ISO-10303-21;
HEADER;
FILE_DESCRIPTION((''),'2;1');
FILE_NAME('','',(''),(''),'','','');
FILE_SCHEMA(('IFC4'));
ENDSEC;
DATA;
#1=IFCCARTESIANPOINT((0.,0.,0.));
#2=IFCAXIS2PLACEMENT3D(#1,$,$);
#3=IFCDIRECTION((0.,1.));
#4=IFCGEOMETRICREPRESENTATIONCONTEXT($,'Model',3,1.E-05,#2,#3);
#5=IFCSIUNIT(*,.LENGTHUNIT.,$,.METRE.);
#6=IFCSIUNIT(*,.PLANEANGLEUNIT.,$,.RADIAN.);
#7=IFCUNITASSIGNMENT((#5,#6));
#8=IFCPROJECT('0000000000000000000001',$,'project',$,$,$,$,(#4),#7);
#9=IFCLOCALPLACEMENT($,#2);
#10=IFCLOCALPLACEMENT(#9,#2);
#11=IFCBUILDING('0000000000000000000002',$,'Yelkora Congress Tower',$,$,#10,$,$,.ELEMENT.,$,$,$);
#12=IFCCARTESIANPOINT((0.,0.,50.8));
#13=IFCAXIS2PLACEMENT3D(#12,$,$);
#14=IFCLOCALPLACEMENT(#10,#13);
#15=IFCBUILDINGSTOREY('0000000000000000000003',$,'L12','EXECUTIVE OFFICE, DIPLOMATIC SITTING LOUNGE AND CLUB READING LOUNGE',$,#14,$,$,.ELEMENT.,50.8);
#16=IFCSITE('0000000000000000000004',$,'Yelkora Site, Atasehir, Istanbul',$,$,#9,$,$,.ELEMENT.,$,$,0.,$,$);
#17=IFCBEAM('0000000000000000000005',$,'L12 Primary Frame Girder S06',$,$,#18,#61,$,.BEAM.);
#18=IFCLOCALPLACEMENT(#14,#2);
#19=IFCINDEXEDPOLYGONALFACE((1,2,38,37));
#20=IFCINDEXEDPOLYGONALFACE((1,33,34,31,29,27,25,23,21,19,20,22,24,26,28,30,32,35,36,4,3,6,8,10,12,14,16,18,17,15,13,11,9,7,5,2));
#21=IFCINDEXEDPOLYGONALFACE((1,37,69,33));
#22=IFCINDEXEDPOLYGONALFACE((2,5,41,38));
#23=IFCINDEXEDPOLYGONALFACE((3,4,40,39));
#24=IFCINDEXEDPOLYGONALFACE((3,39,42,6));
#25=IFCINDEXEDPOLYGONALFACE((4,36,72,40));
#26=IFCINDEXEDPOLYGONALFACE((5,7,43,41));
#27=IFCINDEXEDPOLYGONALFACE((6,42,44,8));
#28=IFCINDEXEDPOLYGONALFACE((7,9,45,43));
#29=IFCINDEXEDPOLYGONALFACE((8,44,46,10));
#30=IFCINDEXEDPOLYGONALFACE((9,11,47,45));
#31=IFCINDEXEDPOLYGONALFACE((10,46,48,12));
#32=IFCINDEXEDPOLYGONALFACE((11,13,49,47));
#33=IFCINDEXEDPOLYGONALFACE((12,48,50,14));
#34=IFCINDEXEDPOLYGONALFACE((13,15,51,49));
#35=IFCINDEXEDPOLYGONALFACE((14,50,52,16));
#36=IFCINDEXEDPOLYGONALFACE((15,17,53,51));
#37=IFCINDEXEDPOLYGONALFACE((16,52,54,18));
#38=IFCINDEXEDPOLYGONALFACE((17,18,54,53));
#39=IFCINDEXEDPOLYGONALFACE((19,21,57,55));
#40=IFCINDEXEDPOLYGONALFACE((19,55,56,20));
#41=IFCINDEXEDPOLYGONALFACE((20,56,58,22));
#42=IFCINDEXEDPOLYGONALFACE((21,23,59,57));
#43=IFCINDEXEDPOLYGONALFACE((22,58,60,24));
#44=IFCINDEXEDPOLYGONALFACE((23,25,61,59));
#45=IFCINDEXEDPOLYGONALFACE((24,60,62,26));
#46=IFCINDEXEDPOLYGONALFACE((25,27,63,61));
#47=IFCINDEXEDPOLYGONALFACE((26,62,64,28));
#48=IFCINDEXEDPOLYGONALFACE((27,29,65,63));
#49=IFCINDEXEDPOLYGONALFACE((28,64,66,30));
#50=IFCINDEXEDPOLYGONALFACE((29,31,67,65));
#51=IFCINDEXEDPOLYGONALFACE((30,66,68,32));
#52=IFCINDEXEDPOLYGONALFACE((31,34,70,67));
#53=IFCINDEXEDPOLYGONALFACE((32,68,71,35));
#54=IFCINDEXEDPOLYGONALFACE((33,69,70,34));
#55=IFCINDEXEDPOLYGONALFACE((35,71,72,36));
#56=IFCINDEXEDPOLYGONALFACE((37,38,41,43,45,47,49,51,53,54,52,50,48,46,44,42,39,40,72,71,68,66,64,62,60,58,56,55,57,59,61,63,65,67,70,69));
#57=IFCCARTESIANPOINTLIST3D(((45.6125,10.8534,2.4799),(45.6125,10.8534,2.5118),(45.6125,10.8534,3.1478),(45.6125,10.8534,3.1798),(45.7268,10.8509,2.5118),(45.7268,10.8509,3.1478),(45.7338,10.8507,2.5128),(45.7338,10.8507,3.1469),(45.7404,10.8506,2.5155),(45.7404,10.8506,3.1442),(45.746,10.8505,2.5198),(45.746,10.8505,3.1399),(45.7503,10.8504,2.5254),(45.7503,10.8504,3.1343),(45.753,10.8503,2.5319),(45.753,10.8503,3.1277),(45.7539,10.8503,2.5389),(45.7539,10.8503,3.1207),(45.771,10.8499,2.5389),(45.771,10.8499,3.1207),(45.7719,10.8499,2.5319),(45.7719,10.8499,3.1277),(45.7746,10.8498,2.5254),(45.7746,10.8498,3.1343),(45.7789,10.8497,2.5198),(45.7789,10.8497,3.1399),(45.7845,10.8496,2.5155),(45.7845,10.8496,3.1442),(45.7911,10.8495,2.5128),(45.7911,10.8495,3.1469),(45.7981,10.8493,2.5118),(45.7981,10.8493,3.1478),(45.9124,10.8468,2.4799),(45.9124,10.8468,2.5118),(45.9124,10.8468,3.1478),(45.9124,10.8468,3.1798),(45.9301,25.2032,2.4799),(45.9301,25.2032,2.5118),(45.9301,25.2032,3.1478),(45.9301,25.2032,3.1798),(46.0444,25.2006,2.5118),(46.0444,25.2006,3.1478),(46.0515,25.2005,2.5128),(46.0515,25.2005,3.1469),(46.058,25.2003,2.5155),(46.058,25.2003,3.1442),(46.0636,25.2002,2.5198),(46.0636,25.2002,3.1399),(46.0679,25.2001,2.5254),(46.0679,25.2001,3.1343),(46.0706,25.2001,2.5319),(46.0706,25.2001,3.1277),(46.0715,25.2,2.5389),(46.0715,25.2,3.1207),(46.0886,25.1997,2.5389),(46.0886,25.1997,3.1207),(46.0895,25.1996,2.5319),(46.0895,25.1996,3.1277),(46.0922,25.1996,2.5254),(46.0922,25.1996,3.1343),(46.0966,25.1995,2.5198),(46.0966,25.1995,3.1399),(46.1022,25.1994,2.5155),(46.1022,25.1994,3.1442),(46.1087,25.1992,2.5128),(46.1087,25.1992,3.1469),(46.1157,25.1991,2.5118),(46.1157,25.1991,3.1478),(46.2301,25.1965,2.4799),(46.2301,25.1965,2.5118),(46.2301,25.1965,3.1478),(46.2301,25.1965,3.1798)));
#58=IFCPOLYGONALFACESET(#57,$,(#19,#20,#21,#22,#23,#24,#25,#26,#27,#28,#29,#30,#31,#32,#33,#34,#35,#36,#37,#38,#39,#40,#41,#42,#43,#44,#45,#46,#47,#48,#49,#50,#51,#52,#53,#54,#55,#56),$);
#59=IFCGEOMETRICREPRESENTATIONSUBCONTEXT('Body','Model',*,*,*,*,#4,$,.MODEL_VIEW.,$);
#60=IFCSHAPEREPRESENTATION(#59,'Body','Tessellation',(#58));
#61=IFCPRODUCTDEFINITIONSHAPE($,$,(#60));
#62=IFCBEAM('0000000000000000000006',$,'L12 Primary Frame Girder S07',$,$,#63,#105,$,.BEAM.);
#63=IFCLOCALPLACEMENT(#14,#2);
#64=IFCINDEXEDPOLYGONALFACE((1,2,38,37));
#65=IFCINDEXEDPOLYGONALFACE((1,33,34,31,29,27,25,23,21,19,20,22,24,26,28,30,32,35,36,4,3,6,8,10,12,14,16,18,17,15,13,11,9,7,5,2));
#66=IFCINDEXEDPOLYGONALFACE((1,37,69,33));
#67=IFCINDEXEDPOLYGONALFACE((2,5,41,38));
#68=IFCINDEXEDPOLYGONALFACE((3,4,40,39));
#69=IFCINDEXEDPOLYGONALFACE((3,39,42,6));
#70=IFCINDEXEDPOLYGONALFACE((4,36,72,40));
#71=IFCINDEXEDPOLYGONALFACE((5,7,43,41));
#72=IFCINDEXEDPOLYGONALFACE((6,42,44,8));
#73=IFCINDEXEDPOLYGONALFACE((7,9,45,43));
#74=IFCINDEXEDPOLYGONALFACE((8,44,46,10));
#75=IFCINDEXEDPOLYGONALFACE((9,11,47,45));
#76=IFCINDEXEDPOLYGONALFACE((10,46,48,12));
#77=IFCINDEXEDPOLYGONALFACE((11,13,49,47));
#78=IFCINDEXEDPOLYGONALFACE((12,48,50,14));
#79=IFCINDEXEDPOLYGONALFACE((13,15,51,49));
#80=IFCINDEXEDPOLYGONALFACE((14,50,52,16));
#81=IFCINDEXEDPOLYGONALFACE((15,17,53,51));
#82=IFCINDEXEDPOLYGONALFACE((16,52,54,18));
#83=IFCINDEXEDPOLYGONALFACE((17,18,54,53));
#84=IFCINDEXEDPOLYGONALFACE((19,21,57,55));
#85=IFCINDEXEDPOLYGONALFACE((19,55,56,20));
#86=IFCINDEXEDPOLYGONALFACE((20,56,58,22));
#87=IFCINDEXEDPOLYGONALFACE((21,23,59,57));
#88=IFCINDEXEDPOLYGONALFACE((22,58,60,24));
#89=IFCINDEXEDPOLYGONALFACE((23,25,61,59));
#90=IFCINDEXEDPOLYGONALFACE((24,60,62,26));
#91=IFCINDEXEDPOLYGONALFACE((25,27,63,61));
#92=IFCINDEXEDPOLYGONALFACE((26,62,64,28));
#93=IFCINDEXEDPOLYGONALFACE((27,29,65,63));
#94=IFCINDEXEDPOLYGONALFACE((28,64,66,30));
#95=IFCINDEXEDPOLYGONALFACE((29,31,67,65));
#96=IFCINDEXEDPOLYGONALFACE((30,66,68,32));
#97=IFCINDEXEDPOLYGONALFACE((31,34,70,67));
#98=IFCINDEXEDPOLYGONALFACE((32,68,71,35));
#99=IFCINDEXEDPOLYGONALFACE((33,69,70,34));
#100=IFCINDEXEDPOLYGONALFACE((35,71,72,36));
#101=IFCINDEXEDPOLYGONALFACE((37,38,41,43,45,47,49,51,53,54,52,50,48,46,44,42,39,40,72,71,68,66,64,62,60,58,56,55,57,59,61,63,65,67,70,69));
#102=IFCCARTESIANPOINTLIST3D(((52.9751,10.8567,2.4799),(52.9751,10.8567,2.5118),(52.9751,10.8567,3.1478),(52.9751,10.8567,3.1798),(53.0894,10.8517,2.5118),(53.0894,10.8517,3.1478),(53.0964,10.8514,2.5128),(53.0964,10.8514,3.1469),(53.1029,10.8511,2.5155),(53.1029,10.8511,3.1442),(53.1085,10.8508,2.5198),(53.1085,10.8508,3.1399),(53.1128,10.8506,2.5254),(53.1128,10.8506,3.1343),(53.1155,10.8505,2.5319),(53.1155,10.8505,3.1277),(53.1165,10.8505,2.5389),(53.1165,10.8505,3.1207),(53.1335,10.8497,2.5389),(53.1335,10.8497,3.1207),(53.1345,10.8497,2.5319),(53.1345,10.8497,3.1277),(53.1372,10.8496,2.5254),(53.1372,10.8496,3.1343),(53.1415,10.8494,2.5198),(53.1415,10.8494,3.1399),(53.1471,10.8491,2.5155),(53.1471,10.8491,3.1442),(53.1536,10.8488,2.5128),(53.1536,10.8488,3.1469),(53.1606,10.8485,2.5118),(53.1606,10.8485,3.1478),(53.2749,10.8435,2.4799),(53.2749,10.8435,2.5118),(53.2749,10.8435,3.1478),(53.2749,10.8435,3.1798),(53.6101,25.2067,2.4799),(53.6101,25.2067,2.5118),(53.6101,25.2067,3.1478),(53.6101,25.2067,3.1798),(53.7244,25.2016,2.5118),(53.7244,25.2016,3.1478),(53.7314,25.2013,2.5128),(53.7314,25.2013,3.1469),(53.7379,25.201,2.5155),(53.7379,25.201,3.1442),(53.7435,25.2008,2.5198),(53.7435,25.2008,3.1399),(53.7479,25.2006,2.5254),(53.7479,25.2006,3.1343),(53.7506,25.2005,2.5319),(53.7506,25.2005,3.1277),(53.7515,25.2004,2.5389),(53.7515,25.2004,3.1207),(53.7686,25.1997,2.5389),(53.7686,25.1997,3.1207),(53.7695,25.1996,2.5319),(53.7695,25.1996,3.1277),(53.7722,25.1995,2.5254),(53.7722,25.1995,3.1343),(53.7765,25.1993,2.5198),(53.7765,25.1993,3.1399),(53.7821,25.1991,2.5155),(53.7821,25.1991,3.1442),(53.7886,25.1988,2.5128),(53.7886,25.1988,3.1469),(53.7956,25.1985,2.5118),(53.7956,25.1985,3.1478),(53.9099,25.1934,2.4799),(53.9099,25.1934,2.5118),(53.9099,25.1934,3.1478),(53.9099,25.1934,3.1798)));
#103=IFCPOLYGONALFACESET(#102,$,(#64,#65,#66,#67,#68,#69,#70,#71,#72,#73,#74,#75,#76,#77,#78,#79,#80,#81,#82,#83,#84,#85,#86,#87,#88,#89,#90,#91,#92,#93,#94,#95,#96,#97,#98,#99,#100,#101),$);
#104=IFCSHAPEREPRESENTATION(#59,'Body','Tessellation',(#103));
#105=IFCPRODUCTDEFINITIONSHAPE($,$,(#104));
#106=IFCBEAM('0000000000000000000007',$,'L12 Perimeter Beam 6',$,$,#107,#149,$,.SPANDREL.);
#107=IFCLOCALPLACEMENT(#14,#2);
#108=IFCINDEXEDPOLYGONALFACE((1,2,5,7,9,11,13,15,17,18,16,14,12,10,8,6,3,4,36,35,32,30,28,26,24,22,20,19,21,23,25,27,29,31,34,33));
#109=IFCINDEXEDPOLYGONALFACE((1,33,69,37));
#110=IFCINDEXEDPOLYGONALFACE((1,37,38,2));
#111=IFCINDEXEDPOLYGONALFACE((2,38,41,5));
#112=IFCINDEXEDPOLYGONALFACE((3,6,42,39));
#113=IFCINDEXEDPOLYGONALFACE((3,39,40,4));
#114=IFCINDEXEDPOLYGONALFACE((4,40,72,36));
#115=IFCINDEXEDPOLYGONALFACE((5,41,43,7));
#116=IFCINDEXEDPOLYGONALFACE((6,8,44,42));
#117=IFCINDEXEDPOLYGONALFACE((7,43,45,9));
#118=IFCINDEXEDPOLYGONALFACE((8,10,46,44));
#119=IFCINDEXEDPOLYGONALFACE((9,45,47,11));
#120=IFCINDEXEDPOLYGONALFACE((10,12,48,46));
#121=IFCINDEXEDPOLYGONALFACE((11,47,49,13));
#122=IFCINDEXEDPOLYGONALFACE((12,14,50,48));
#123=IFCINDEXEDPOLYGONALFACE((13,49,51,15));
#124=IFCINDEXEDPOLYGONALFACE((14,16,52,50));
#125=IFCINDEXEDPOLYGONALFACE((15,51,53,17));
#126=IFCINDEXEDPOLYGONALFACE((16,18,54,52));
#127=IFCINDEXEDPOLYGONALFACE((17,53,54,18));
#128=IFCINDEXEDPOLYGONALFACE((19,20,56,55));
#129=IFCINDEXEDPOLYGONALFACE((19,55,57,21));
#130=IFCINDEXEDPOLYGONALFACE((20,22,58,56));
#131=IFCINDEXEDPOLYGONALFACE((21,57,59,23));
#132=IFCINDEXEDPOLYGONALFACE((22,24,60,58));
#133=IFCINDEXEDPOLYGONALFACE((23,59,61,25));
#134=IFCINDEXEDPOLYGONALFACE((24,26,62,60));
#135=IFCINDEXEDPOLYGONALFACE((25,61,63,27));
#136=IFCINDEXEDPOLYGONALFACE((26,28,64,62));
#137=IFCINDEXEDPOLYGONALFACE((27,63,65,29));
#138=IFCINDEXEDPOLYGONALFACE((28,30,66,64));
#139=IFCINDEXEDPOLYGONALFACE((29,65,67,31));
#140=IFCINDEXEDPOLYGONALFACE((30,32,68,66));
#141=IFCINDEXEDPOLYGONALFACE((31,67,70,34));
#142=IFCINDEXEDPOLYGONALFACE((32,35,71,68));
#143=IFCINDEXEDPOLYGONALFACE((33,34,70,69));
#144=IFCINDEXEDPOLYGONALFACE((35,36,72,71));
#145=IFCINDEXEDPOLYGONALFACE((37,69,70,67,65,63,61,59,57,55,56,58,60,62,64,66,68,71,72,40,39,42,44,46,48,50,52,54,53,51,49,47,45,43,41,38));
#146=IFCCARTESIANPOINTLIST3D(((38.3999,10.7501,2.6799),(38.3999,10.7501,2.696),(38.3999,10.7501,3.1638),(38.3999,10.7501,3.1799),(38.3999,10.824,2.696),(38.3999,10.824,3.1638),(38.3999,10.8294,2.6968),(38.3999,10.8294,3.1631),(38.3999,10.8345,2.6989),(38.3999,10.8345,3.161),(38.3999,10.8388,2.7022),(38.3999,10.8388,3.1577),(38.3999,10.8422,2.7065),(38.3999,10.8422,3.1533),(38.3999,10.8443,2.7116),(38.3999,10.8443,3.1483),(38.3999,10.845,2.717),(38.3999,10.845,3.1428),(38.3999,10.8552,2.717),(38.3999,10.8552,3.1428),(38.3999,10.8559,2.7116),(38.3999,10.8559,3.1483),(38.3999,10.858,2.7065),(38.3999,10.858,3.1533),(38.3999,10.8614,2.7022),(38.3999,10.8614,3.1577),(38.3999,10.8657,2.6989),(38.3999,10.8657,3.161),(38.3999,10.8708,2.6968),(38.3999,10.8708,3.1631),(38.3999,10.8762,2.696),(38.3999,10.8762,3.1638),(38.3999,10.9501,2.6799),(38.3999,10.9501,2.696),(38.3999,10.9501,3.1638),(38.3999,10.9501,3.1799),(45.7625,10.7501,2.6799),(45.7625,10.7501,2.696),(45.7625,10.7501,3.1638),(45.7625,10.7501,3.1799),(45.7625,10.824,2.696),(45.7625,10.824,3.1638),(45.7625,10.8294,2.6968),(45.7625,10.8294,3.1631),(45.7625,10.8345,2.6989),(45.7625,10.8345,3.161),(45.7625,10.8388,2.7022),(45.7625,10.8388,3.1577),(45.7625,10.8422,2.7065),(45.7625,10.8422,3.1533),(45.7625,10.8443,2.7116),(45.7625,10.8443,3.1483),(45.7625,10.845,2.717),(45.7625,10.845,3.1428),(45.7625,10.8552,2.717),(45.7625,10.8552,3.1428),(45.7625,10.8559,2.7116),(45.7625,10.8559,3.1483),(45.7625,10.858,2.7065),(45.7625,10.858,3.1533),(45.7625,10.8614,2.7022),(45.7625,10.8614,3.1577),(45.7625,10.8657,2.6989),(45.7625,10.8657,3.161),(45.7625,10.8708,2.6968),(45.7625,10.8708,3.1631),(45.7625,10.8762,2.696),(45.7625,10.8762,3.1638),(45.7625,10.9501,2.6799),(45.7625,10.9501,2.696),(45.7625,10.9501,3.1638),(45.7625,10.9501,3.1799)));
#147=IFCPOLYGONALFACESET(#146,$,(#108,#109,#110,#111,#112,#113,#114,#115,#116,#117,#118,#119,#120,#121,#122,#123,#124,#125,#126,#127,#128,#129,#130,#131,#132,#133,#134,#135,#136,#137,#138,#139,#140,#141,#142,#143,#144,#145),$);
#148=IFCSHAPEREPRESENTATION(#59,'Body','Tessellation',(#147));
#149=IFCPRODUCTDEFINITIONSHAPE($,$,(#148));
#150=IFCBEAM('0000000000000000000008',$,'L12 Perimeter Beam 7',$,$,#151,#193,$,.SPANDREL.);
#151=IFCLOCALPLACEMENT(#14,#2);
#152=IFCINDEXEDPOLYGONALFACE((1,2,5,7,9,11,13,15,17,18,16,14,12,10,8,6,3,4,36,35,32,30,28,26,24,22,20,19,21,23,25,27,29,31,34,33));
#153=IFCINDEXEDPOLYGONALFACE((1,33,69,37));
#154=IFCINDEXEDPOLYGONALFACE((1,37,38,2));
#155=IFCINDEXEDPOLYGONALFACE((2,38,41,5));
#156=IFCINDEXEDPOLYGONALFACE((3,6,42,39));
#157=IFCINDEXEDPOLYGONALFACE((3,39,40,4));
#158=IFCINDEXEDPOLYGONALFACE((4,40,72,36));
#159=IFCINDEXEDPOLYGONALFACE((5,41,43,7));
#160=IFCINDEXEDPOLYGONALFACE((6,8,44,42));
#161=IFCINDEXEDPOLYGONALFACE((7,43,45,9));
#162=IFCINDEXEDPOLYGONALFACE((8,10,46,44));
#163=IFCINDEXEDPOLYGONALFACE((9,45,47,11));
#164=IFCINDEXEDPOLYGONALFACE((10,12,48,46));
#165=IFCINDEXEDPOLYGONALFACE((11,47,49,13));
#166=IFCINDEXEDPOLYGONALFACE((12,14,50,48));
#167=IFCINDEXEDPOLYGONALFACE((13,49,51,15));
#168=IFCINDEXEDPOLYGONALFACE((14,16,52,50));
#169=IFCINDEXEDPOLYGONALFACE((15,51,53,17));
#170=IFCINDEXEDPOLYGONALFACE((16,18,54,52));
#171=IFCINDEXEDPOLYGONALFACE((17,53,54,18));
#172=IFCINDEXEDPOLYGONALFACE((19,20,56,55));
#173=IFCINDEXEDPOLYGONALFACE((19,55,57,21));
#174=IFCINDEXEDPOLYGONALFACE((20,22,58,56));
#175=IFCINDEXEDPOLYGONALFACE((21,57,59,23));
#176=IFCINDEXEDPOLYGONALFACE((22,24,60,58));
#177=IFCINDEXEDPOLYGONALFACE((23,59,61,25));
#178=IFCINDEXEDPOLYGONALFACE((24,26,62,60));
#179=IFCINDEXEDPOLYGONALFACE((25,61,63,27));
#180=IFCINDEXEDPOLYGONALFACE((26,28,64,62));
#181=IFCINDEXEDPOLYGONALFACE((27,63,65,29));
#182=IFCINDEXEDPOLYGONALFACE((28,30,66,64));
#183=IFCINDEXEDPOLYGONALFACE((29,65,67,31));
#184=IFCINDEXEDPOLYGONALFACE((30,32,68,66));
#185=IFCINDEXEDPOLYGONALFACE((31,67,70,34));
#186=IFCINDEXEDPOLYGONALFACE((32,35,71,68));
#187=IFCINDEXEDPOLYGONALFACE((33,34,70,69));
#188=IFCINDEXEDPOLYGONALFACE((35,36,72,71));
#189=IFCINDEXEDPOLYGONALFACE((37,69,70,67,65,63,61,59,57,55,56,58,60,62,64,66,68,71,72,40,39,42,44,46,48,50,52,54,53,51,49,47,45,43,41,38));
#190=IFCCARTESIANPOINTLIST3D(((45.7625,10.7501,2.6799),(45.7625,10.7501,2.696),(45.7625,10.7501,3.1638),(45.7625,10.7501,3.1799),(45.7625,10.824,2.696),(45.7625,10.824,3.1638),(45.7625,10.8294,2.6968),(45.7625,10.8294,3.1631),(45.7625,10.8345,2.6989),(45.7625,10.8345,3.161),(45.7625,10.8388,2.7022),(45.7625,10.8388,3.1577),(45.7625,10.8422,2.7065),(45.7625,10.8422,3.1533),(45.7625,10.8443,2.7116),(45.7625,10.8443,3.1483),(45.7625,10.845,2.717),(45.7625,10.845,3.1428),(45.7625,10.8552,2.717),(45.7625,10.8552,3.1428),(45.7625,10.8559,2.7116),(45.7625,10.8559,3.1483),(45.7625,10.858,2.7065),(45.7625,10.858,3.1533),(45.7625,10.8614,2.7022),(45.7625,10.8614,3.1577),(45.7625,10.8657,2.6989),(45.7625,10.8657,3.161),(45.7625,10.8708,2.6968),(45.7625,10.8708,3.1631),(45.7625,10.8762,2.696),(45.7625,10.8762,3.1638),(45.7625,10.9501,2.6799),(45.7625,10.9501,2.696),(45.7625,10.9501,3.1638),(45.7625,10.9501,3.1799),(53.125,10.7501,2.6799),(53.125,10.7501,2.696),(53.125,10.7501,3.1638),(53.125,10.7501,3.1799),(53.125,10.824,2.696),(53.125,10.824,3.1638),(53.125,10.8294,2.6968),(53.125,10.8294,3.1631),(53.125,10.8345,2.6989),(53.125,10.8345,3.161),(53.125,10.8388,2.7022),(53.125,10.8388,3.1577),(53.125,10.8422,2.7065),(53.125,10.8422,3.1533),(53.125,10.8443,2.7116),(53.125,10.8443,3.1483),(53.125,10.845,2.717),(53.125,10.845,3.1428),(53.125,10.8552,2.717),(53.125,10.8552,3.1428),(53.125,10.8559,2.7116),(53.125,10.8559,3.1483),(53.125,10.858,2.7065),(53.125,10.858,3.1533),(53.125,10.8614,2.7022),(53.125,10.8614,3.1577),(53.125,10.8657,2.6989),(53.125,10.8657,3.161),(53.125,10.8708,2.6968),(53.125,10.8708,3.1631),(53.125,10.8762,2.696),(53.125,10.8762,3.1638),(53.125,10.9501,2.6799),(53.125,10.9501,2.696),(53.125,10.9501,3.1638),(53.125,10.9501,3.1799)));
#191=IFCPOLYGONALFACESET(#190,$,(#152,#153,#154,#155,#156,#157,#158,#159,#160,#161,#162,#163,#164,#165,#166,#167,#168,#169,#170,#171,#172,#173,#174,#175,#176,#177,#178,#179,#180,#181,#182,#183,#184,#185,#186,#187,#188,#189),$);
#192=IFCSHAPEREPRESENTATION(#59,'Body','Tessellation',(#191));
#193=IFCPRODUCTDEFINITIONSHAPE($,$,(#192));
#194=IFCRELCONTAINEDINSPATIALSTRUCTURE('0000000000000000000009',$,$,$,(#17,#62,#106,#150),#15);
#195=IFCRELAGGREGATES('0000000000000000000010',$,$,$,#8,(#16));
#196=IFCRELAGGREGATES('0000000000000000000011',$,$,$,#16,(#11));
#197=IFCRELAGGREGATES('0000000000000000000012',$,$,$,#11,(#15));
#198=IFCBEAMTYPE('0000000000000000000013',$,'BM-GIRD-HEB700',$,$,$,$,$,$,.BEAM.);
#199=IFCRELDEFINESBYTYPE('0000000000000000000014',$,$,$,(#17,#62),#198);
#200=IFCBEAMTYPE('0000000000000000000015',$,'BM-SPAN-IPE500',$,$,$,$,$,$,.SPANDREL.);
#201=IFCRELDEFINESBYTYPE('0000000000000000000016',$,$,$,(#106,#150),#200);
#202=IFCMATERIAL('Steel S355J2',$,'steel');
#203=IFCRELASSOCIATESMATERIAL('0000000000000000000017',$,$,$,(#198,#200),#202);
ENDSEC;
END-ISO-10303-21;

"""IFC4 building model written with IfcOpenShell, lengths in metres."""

from ifc_helpers import new_model, si_unit, direction, frame, origin, origin_2d, place, context, subcontext, project, spatial, i_section, extrude, material, material_profile, profile_set, type_object, element, save


model = new_model("IFC4")

# Units and contexts
model_context = context("Model", 3, precision=1e-05, world=origin(), true_north=direction((0.0, 1.0)))
body_context = subcontext(model_context, "Body", "Model", "MODEL_VIEW")
ifc_project = project(units=[si_unit("LENGTHUNIT", "METRE"), si_unit("PLANEANGLEUNIT", "RADIAN")], contexts=[model_context])

# Site, building, storey
site_placement = place(None, origin())
site = spatial("IfcSite", under=ifc_project, at=site_placement, Name="Yelkora Site, Atasehir, Istanbul", CompositionType="ELEMENT", RefElevation=0.0)
building_placement = place(site_placement, origin())
building = spatial("IfcBuilding", under=site, at=building_placement, Name="Yelkora Congress Tower", CompositionType="ELEMENT")
storey_placement = place(building_placement, frame((0.0, 0.0, 50.8)))
storey = spatial("IfcBuildingStorey", under=building, at=storey_placement, Name="L12", Description="EXECUTIVE OFFICE, DIPLOMATIC SITTING LOUNGE AND CLUB READING LOUNGE", CompositionType="ELEMENT", Elevation=50.8)

# Beams
ifc_material_1 = material(Name="Steel S355J2", Category="steel")
ifc_material_profile_1 = material_profile(ifc_material_1, i_section(OverallWidth=0.3, OverallDepth=0.7, WebThickness=0.0171, FlangeThickness=0.032, FilletRadius=0.0271, at=origin_2d()), Name="HEB 700")
ifc_profile_set_1 = profile_set([ifc_material_profile_1], Name="Steel S355J2")
beam_type_1 = type_object("IfcBeamType", Name="BM-GIRD-HEB700", PredefinedType="BEAM", material=ifc_profile_set_1)
beam_1_placement = place(storey_placement, frame((45.7625, 10.8501, 2.8298), z_axis=(0.022129, 0.999755, 0.0), x_axis=(-0.999755, 0.022129, 0.0)))
element("IfcBeam", 1, at=beam_1_placement, inside=storey, type_object=beam_type_1, Name="L12 Primary Frame Girder S06", PredefinedType="BEAM", context=body_context, shape_type="SweptSolid", body=[
    extrude(i_section(OverallWidth=0.3, OverallDepth=0.7, WebThickness=0.0171, FlangeThickness=0.032, FilletRadius=0.0271, at=origin_2d()), origin(), (0.0, 0.0, 1.0), 14.3533),
])
beam_2_placement = place(storey_placement, frame((53.125, 10.8501, 2.8298), z_axis=(0.044209, 0.999022, 0.0), x_axis=(-0.999022, 0.044209, 0.0)))
element("IfcBeam", 2, at=beam_2_placement, inside=storey, type_object=beam_type_1, Name="L12 Primary Frame Girder S07", PredefinedType="BEAM", context=body_context, shape_type="SweptSolid", body=[
    extrude(i_section(OverallWidth=0.3, OverallDepth=0.7, WebThickness=0.0171, FlangeThickness=0.032, FilletRadius=0.0271, at=origin_2d()), origin(), (0.0, 0.0, 1.0), 14.364),
])
ifc_material_profile_2 = material_profile(ifc_material_1, i_section(OverallWidth=0.2, OverallDepth=0.5, WebThickness=0.0103, FlangeThickness=0.0161, FilletRadius=0.021, at=origin_2d()), Name="IPE 500")
ifc_profile_set_2 = profile_set([ifc_material_profile_2], Name="Steel S355J2")
beam_type_2 = type_object("IfcBeamType", Name="BM-SPAN-IPE500", PredefinedType="SPANDREL", material=ifc_profile_set_2)
for number, where, z_axis, x_axis, name in (
    (3, (38.3999, 10.8501, 2.9299), (1.0, 0.0, 0.0), (0.0, 1.0, 0.0), "L12 Perimeter Beam 6"),
    (4, (45.7625, 10.8501, 2.9299), (1.0, 0.0, 0.0), (0.0, 1.0, 0.0), "L12 Perimeter Beam 7"),
):
    element("IfcBeam", number, at=place(storey_placement, frame(where, z_axis=z_axis, x_axis=x_axis)), inside=storey, type_object=beam_type_2, Name=name, PredefinedType="SPANDREL", context=body_context, shape_type="SweptSolid", body=[
        extrude(i_section(OverallWidth=0.2, OverallDepth=0.5, WebThickness=0.0103, FlangeThickness=0.0161, FilletRadius=0.021, at=origin_2d()), origin(), (0.0, 0.0, 1.0), 7.3625),
    ])

save(model, "model.ifc")
